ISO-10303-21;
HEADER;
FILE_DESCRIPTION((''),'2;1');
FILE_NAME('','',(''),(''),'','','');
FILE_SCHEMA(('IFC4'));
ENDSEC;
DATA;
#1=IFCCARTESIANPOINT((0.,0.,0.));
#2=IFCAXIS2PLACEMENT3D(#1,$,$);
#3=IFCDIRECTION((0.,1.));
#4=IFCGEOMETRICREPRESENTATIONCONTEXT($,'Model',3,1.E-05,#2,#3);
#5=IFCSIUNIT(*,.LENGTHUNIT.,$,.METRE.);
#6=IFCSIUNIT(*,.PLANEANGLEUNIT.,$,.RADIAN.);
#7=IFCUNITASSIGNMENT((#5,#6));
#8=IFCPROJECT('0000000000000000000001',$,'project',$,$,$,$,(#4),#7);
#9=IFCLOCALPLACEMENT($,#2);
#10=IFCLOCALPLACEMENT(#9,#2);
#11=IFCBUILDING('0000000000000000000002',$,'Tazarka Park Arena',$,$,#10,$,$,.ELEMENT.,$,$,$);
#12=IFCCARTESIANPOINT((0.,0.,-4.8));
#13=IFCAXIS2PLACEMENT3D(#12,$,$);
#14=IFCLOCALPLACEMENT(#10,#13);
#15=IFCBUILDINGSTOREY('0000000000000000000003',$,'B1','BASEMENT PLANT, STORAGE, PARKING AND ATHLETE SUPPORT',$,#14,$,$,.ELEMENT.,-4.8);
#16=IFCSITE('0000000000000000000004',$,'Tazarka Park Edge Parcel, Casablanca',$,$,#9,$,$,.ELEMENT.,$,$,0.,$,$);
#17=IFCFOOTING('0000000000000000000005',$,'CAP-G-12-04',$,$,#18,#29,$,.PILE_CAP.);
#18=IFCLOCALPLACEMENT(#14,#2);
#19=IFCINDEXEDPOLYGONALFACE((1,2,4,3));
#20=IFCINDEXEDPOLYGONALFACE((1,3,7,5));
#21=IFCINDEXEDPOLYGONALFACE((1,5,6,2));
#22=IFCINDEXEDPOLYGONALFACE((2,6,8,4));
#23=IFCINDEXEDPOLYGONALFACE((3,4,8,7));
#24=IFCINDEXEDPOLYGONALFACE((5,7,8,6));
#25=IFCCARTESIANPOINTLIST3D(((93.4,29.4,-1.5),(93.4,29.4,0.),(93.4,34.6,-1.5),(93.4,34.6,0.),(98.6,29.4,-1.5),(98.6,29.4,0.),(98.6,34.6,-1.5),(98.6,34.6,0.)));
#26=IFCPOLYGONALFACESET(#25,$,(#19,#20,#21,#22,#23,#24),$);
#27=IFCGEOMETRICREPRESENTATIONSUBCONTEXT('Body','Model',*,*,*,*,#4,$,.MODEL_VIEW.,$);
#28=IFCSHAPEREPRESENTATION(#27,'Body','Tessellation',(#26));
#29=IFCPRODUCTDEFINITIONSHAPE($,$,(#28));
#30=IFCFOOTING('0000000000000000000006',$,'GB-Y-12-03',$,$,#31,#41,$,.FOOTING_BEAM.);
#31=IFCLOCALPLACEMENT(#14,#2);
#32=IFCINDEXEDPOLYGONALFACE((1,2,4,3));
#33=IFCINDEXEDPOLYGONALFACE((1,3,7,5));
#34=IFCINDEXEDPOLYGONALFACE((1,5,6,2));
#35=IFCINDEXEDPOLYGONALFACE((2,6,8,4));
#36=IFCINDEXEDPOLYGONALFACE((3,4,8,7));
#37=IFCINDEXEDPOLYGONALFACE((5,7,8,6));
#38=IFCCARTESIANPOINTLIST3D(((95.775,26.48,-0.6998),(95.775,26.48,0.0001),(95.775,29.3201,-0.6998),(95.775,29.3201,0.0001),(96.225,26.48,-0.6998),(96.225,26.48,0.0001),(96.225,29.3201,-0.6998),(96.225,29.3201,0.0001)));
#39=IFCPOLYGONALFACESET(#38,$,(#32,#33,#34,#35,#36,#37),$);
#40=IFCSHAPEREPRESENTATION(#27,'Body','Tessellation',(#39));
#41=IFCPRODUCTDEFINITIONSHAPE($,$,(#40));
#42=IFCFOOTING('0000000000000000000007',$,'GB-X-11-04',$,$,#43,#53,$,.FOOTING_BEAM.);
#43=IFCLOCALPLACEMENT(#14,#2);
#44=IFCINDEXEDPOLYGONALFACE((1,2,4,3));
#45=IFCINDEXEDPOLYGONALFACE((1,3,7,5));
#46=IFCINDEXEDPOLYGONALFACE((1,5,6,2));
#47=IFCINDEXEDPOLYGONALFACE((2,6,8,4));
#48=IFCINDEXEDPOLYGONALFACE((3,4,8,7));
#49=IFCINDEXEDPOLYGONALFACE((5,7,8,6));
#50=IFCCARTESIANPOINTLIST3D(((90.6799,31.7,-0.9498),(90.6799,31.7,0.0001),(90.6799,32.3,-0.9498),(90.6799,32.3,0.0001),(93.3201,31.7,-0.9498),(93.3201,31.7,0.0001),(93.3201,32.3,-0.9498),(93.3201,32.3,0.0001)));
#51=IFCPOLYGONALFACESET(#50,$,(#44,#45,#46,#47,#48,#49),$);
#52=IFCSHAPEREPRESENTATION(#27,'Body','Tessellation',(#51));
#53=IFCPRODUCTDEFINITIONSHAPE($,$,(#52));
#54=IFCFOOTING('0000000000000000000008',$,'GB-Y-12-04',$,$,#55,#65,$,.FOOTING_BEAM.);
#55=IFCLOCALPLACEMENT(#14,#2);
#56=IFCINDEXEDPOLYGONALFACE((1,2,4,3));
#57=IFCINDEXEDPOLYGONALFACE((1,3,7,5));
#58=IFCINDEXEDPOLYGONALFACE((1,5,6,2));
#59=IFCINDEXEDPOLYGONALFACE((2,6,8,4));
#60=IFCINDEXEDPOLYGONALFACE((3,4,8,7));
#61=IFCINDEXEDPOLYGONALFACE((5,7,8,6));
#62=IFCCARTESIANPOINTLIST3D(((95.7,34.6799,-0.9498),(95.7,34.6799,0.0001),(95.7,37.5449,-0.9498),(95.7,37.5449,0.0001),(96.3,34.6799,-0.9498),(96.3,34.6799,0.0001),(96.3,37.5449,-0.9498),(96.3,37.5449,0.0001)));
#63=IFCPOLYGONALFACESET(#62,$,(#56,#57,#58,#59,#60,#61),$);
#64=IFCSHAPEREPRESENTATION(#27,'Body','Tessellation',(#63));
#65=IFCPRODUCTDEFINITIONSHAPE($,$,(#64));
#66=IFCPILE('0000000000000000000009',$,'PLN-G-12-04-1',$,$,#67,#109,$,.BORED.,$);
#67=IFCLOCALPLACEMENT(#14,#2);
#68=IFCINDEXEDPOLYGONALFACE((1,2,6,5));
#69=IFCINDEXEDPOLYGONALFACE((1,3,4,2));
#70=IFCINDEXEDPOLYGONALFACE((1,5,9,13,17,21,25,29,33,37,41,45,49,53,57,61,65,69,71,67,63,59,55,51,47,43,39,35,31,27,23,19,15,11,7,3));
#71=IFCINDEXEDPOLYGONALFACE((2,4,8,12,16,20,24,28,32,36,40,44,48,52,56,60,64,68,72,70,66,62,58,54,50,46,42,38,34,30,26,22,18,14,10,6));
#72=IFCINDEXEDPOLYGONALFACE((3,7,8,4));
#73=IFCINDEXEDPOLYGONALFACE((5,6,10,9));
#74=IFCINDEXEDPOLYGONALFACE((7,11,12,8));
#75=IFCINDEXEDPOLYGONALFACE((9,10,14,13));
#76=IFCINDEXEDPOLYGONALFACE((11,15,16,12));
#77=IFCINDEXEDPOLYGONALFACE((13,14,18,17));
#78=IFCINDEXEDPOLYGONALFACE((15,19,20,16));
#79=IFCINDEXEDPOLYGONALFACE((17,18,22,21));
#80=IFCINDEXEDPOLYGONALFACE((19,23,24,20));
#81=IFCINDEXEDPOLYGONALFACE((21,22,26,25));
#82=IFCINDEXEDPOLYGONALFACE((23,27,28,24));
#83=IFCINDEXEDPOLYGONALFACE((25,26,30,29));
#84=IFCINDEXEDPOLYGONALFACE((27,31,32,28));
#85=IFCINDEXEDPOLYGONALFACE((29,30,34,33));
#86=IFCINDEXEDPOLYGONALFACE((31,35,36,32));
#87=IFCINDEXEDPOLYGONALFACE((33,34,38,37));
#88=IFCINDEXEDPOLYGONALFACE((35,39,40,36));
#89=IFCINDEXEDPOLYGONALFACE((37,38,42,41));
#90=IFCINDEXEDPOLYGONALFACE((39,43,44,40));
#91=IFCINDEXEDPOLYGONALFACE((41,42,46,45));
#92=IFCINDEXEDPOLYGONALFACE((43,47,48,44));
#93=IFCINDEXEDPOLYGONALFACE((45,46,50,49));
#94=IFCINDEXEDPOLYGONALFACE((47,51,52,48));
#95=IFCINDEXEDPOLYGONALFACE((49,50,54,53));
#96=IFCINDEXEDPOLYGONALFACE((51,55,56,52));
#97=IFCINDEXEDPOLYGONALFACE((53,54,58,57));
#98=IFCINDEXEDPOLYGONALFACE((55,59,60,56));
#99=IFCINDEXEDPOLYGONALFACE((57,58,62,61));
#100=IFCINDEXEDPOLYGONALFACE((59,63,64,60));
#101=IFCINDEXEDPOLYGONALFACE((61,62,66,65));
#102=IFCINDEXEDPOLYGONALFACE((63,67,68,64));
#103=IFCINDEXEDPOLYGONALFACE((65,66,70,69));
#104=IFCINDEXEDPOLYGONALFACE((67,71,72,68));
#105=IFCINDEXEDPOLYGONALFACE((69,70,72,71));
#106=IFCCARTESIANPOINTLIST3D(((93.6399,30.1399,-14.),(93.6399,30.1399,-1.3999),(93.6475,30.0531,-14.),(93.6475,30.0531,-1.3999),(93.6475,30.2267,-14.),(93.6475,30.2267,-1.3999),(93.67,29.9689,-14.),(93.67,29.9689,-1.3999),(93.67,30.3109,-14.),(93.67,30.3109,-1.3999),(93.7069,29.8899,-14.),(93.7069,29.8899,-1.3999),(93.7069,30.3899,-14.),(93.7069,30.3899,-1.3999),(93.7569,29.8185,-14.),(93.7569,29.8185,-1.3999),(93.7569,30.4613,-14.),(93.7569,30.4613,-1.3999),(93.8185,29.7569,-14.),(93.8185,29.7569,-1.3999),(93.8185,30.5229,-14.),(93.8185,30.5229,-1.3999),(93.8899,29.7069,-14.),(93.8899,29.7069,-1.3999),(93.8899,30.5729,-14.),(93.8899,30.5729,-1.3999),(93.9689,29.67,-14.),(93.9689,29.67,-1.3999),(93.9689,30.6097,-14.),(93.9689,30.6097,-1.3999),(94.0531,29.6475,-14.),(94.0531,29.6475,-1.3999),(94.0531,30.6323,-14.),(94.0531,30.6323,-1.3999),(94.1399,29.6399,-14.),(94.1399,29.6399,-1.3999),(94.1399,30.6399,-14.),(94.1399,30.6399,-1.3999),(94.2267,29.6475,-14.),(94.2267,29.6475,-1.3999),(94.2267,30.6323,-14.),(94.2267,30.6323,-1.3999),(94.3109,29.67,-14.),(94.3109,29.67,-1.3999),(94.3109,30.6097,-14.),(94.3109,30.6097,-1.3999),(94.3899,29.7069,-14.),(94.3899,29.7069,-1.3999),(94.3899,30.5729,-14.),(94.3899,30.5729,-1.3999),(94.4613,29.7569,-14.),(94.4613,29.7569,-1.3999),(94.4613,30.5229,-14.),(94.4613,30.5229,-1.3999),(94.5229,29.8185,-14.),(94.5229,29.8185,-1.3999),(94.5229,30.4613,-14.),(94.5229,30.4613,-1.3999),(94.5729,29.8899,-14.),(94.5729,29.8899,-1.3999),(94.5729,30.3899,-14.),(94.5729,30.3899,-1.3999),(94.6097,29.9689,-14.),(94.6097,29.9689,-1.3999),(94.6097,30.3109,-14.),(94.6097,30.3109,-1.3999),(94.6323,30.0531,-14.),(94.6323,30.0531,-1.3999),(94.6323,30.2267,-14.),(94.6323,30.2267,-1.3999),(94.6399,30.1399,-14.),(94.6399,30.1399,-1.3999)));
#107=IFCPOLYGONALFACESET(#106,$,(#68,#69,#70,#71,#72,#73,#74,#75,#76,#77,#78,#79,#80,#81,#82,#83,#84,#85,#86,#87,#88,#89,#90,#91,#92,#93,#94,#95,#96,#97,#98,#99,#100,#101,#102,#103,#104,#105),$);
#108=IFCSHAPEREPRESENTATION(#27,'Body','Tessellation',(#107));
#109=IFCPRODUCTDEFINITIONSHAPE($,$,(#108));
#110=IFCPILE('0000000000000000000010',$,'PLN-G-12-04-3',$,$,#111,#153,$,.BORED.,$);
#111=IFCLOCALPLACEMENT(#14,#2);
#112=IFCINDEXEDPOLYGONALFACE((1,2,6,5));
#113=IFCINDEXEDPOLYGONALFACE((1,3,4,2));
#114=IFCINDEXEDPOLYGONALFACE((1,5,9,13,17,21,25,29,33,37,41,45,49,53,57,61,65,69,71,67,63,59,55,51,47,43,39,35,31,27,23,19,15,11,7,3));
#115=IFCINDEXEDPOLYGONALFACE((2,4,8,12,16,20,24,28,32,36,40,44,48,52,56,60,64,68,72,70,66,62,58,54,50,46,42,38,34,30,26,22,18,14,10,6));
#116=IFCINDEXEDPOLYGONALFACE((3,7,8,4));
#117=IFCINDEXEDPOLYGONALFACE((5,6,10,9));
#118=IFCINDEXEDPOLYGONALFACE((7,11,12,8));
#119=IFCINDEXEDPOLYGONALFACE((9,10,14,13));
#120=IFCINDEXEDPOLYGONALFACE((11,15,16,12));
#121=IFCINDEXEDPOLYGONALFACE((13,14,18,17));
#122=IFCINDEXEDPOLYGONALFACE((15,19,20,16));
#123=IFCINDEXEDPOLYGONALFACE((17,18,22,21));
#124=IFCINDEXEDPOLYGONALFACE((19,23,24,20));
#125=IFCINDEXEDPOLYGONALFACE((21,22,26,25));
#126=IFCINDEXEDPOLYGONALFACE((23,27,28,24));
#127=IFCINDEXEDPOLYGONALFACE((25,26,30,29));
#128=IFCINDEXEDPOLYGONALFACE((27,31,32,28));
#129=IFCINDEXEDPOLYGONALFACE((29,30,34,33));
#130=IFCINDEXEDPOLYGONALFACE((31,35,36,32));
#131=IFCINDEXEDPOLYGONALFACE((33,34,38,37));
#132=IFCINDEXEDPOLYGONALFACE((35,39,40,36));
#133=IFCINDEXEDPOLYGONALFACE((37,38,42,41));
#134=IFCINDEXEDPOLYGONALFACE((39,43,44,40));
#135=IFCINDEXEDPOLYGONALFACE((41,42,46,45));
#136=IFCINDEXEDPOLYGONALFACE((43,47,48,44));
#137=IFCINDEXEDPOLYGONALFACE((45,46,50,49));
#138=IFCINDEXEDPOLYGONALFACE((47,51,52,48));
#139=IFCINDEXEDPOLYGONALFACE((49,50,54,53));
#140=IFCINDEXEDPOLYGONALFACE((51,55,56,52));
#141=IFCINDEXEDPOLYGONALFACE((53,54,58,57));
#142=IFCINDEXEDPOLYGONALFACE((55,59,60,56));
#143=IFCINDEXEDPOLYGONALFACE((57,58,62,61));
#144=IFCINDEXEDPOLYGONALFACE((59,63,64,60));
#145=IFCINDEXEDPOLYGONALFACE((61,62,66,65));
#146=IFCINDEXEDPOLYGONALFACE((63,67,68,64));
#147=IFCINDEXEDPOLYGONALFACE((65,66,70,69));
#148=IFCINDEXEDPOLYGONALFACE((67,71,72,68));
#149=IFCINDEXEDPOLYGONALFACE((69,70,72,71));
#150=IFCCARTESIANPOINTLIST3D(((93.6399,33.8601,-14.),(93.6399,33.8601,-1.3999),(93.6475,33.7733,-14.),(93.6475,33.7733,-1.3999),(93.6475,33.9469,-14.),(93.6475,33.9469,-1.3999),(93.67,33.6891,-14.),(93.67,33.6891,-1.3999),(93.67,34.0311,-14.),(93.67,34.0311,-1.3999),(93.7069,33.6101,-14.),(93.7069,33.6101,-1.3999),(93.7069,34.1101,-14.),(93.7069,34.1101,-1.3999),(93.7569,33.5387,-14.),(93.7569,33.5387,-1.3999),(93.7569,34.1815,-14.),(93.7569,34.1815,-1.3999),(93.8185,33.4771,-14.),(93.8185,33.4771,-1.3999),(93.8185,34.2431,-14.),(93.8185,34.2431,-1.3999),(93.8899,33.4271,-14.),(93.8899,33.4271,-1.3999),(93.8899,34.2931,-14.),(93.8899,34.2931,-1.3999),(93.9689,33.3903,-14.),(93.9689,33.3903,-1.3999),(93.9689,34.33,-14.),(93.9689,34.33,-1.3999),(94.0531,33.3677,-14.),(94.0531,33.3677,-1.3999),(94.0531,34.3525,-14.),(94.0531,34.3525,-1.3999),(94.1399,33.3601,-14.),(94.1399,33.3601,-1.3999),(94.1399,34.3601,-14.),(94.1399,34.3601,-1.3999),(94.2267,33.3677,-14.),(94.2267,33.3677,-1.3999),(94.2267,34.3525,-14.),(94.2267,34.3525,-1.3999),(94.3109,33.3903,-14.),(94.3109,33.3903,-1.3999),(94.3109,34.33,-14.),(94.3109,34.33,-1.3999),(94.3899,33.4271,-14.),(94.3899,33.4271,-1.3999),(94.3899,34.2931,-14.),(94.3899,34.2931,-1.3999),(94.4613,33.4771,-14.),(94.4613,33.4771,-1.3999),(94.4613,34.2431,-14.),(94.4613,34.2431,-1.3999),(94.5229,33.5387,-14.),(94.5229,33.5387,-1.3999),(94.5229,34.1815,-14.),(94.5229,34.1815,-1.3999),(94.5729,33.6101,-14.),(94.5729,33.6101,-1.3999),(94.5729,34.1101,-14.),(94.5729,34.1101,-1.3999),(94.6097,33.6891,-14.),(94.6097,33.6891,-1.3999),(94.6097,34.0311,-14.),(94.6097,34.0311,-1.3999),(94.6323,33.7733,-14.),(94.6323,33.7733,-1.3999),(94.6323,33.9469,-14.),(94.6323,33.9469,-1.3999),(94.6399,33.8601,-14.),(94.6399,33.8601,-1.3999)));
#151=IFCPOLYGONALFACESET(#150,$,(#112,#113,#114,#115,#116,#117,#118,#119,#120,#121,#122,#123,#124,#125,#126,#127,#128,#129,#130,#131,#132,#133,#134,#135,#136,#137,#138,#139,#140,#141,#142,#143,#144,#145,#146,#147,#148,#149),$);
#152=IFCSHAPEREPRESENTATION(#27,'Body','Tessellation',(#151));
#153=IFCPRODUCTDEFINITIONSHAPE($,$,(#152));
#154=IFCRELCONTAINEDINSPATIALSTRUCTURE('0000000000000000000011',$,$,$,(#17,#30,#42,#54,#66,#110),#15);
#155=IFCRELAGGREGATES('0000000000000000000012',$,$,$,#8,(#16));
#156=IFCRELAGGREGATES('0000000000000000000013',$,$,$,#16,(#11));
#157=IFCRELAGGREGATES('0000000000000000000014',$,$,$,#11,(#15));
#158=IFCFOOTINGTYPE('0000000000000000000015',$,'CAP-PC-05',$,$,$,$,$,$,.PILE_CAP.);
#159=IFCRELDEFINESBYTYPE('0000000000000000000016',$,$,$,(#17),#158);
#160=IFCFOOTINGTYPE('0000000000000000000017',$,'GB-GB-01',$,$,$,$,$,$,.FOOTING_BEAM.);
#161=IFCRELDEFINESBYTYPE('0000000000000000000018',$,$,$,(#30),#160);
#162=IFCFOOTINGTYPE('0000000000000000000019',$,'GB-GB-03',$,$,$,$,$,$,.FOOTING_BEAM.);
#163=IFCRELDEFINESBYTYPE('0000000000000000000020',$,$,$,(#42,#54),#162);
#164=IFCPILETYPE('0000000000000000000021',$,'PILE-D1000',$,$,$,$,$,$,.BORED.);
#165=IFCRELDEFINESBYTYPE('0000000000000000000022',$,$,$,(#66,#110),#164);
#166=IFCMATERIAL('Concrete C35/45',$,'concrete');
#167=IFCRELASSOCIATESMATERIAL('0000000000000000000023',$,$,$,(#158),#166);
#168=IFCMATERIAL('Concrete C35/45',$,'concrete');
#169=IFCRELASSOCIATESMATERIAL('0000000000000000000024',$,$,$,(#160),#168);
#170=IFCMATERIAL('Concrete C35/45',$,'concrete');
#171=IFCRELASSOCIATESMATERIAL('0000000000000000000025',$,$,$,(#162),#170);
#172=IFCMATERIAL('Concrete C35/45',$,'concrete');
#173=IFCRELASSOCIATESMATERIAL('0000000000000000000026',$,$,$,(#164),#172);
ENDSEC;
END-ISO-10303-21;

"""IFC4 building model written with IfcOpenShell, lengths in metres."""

from ifc_helpers import new_model, si_unit, direction, frame, origin, origin_2d, place, context, subcontext, project, spatial, rectangle, circle, extrude, material, material_profile, profile_set, type_object, element, save


model = new_model("IFC4")

# Units and contexts
model_context = context("Model", 3, precision=1e-05, world=origin(), true_north=direction((0.0, 1.0)))
body_context = subcontext(model_context, "Body", "Model", "MODEL_VIEW")
ifc_project = project(units=[si_unit("LENGTHUNIT", "METRE"), si_unit("PLANEANGLEUNIT", "RADIAN")], contexts=[model_context])

# Site, building, storey
site_placement = place(None, origin())
site = spatial("IfcSite", under=ifc_project, at=site_placement, Name="Tazarka Park Edge Parcel, Casablanca", CompositionType="ELEMENT", RefElevation=0.0)
building_placement = place(site_placement, origin())
building = spatial("IfcBuilding", under=site, at=building_placement, Name="Tazarka Park Arena", CompositionType="ELEMENT")
storey_placement = place(building_placement, frame((0.0, 0.0, -4.8)))
storey = spatial("IfcBuildingStorey", under=building, at=storey_placement, Name="B1", Description="BASEMENT PLANT, STORAGE, PARKING AND ATHLETE SUPPORT", CompositionType="ELEMENT", Elevation=-4.8)

# Footings
ifc_material_1 = material(Name="Concrete C35/45", Category="concrete")
footing_type_1 = type_object("IfcFootingType", Name="CAP-PC-05", PredefinedType="PILE_CAP", material=ifc_material_1)
footing_1_placement = place(storey_placement, frame((96.0, 32.0, -1.5), z_axis=(0.0, 0.0, 1.0), x_axis=(1.0, 0.0, 0.0)))
element("IfcFooting", 1, at=footing_1_placement, inside=storey, type_object=footing_type_1, Name="CAP-G-12-04", PredefinedType="PILE_CAP", context=body_context, shape_type="SweptSolid", body=[
    extrude(rectangle(XDim=5.2, YDim=5.2, at=origin_2d()), origin(), (0.0, 0.0, 1.0), 1.5),
])
ifc_material_2 = material(Name="Concrete C35/45", Category="concrete")
ifc_material_profile_1 = material_profile(ifc_material_2, rectangle(XDim=0.45, YDim=0.7, at=origin_2d()), Name="Concrete C35/45")
ifc_profile_set_1 = profile_set([ifc_material_profile_1], Name="Concrete C35/45")
footing_type_2 = type_object("IfcFootingType", Name="GB-GB-01", PredefinedType="FOOTING_BEAM", material=ifc_profile_set_1)
footing_2_placement = place(storey_placement, frame((96.0, 26.48, -0.3499), z_axis=(0.0, 1.0, 0.0), x_axis=(-1.0, 0.0, 0.0)))
element("IfcFooting", 2, at=footing_2_placement, inside=storey, type_object=footing_type_2, Name="GB-Y-12-03", PredefinedType="FOOTING_BEAM", context=body_context, shape_type="SweptSolid", body=[
    extrude(rectangle(XDim=0.45, YDim=0.7, at=origin_2d()), origin(), (0.0, 0.0, 1.0), 2.8401),
])
ifc_material_3 = material(Name="Concrete C35/45", Category="concrete")
ifc_material_profile_2 = material_profile(ifc_material_3, rectangle(XDim=0.6001, YDim=0.95, at=origin_2d()), Name="Concrete C35/45")
ifc_profile_set_2 = profile_set([ifc_material_profile_2], Name="Concrete C35/45")
footing_type_3 = type_object("IfcFootingType", Name="GB-GB-03", PredefinedType="FOOTING_BEAM", material=ifc_profile_set_2)
footing_3_placement = place(storey_placement, frame((90.6799, 32.0, -0.4749), z_axis=(1.0, 0.0, 0.0), x_axis=(0.0, 1.0, 0.0)))
element("IfcFooting", 3, at=footing_3_placement, inside=storey, type_object=footing_type_3, Name="GB-X-11-04", PredefinedType="FOOTING_BEAM", context=body_context, shape_type="SweptSolid", body=[
    extrude(rectangle(XDim=0.6001, YDim=0.95, at=origin_2d()), origin(), (0.0, 0.0, 1.0), 2.6401),
])
footing_4_placement = place(storey_placement, frame((96.0, 34.6799, -0.4749), z_axis=(0.0, 1.0, 0.0), x_axis=(-1.0, 0.0, 0.0)))
element("IfcFooting", 4, at=footing_4_placement, inside=storey, type_object=footing_type_3, Name="GB-Y-12-04", PredefinedType="FOOTING_BEAM", context=body_context, shape_type="SweptSolid", body=[
    extrude(rectangle(XDim=0.6001, YDim=0.95, at=origin_2d()), origin(), (0.0, 0.0, 1.0), 2.865),
])

# Piles
ifc_material_4 = material(Name="Concrete C35/45", Category="concrete")
ifc_material_profile_3 = material_profile(ifc_material_4, circle(Radius=0.5, at=origin_2d()), Name="Concrete C35/45")
ifc_profile_set_3 = profile_set([ifc_material_profile_3], Name="Concrete C35/45")
pile_type_1 = type_object("IfcPileType", Name="PILE-D1000", PredefinedType="BORED", material=ifc_profile_set_3)
for number, where, z_axis, x_axis, name in (
    (5, (94.1399, 30.1399, -1.3999), (0.0, 0.0, -1.0), (1.0, 0.0, 0.0), "PLN-G-12-04-1"),
    (6, (94.1399, 33.8601, -1.3999), (0.0, 0.0, -1.0), (1.0, 0.0, 0.0), "PLN-G-12-04-3"),
):
    element("IfcPile", number, at=place(storey_placement, frame(where, z_axis=z_axis, x_axis=x_axis)), inside=storey, type_object=pile_type_1, Name=name, PredefinedType="BORED", context=body_context, shape_type="SweptSolid", body=[
        extrude(circle(Radius=0.5, at=origin_2d()), origin(), (0.0, 0.0, 1.0), 12.6001),
    ])

save(model, "model.ifc")
